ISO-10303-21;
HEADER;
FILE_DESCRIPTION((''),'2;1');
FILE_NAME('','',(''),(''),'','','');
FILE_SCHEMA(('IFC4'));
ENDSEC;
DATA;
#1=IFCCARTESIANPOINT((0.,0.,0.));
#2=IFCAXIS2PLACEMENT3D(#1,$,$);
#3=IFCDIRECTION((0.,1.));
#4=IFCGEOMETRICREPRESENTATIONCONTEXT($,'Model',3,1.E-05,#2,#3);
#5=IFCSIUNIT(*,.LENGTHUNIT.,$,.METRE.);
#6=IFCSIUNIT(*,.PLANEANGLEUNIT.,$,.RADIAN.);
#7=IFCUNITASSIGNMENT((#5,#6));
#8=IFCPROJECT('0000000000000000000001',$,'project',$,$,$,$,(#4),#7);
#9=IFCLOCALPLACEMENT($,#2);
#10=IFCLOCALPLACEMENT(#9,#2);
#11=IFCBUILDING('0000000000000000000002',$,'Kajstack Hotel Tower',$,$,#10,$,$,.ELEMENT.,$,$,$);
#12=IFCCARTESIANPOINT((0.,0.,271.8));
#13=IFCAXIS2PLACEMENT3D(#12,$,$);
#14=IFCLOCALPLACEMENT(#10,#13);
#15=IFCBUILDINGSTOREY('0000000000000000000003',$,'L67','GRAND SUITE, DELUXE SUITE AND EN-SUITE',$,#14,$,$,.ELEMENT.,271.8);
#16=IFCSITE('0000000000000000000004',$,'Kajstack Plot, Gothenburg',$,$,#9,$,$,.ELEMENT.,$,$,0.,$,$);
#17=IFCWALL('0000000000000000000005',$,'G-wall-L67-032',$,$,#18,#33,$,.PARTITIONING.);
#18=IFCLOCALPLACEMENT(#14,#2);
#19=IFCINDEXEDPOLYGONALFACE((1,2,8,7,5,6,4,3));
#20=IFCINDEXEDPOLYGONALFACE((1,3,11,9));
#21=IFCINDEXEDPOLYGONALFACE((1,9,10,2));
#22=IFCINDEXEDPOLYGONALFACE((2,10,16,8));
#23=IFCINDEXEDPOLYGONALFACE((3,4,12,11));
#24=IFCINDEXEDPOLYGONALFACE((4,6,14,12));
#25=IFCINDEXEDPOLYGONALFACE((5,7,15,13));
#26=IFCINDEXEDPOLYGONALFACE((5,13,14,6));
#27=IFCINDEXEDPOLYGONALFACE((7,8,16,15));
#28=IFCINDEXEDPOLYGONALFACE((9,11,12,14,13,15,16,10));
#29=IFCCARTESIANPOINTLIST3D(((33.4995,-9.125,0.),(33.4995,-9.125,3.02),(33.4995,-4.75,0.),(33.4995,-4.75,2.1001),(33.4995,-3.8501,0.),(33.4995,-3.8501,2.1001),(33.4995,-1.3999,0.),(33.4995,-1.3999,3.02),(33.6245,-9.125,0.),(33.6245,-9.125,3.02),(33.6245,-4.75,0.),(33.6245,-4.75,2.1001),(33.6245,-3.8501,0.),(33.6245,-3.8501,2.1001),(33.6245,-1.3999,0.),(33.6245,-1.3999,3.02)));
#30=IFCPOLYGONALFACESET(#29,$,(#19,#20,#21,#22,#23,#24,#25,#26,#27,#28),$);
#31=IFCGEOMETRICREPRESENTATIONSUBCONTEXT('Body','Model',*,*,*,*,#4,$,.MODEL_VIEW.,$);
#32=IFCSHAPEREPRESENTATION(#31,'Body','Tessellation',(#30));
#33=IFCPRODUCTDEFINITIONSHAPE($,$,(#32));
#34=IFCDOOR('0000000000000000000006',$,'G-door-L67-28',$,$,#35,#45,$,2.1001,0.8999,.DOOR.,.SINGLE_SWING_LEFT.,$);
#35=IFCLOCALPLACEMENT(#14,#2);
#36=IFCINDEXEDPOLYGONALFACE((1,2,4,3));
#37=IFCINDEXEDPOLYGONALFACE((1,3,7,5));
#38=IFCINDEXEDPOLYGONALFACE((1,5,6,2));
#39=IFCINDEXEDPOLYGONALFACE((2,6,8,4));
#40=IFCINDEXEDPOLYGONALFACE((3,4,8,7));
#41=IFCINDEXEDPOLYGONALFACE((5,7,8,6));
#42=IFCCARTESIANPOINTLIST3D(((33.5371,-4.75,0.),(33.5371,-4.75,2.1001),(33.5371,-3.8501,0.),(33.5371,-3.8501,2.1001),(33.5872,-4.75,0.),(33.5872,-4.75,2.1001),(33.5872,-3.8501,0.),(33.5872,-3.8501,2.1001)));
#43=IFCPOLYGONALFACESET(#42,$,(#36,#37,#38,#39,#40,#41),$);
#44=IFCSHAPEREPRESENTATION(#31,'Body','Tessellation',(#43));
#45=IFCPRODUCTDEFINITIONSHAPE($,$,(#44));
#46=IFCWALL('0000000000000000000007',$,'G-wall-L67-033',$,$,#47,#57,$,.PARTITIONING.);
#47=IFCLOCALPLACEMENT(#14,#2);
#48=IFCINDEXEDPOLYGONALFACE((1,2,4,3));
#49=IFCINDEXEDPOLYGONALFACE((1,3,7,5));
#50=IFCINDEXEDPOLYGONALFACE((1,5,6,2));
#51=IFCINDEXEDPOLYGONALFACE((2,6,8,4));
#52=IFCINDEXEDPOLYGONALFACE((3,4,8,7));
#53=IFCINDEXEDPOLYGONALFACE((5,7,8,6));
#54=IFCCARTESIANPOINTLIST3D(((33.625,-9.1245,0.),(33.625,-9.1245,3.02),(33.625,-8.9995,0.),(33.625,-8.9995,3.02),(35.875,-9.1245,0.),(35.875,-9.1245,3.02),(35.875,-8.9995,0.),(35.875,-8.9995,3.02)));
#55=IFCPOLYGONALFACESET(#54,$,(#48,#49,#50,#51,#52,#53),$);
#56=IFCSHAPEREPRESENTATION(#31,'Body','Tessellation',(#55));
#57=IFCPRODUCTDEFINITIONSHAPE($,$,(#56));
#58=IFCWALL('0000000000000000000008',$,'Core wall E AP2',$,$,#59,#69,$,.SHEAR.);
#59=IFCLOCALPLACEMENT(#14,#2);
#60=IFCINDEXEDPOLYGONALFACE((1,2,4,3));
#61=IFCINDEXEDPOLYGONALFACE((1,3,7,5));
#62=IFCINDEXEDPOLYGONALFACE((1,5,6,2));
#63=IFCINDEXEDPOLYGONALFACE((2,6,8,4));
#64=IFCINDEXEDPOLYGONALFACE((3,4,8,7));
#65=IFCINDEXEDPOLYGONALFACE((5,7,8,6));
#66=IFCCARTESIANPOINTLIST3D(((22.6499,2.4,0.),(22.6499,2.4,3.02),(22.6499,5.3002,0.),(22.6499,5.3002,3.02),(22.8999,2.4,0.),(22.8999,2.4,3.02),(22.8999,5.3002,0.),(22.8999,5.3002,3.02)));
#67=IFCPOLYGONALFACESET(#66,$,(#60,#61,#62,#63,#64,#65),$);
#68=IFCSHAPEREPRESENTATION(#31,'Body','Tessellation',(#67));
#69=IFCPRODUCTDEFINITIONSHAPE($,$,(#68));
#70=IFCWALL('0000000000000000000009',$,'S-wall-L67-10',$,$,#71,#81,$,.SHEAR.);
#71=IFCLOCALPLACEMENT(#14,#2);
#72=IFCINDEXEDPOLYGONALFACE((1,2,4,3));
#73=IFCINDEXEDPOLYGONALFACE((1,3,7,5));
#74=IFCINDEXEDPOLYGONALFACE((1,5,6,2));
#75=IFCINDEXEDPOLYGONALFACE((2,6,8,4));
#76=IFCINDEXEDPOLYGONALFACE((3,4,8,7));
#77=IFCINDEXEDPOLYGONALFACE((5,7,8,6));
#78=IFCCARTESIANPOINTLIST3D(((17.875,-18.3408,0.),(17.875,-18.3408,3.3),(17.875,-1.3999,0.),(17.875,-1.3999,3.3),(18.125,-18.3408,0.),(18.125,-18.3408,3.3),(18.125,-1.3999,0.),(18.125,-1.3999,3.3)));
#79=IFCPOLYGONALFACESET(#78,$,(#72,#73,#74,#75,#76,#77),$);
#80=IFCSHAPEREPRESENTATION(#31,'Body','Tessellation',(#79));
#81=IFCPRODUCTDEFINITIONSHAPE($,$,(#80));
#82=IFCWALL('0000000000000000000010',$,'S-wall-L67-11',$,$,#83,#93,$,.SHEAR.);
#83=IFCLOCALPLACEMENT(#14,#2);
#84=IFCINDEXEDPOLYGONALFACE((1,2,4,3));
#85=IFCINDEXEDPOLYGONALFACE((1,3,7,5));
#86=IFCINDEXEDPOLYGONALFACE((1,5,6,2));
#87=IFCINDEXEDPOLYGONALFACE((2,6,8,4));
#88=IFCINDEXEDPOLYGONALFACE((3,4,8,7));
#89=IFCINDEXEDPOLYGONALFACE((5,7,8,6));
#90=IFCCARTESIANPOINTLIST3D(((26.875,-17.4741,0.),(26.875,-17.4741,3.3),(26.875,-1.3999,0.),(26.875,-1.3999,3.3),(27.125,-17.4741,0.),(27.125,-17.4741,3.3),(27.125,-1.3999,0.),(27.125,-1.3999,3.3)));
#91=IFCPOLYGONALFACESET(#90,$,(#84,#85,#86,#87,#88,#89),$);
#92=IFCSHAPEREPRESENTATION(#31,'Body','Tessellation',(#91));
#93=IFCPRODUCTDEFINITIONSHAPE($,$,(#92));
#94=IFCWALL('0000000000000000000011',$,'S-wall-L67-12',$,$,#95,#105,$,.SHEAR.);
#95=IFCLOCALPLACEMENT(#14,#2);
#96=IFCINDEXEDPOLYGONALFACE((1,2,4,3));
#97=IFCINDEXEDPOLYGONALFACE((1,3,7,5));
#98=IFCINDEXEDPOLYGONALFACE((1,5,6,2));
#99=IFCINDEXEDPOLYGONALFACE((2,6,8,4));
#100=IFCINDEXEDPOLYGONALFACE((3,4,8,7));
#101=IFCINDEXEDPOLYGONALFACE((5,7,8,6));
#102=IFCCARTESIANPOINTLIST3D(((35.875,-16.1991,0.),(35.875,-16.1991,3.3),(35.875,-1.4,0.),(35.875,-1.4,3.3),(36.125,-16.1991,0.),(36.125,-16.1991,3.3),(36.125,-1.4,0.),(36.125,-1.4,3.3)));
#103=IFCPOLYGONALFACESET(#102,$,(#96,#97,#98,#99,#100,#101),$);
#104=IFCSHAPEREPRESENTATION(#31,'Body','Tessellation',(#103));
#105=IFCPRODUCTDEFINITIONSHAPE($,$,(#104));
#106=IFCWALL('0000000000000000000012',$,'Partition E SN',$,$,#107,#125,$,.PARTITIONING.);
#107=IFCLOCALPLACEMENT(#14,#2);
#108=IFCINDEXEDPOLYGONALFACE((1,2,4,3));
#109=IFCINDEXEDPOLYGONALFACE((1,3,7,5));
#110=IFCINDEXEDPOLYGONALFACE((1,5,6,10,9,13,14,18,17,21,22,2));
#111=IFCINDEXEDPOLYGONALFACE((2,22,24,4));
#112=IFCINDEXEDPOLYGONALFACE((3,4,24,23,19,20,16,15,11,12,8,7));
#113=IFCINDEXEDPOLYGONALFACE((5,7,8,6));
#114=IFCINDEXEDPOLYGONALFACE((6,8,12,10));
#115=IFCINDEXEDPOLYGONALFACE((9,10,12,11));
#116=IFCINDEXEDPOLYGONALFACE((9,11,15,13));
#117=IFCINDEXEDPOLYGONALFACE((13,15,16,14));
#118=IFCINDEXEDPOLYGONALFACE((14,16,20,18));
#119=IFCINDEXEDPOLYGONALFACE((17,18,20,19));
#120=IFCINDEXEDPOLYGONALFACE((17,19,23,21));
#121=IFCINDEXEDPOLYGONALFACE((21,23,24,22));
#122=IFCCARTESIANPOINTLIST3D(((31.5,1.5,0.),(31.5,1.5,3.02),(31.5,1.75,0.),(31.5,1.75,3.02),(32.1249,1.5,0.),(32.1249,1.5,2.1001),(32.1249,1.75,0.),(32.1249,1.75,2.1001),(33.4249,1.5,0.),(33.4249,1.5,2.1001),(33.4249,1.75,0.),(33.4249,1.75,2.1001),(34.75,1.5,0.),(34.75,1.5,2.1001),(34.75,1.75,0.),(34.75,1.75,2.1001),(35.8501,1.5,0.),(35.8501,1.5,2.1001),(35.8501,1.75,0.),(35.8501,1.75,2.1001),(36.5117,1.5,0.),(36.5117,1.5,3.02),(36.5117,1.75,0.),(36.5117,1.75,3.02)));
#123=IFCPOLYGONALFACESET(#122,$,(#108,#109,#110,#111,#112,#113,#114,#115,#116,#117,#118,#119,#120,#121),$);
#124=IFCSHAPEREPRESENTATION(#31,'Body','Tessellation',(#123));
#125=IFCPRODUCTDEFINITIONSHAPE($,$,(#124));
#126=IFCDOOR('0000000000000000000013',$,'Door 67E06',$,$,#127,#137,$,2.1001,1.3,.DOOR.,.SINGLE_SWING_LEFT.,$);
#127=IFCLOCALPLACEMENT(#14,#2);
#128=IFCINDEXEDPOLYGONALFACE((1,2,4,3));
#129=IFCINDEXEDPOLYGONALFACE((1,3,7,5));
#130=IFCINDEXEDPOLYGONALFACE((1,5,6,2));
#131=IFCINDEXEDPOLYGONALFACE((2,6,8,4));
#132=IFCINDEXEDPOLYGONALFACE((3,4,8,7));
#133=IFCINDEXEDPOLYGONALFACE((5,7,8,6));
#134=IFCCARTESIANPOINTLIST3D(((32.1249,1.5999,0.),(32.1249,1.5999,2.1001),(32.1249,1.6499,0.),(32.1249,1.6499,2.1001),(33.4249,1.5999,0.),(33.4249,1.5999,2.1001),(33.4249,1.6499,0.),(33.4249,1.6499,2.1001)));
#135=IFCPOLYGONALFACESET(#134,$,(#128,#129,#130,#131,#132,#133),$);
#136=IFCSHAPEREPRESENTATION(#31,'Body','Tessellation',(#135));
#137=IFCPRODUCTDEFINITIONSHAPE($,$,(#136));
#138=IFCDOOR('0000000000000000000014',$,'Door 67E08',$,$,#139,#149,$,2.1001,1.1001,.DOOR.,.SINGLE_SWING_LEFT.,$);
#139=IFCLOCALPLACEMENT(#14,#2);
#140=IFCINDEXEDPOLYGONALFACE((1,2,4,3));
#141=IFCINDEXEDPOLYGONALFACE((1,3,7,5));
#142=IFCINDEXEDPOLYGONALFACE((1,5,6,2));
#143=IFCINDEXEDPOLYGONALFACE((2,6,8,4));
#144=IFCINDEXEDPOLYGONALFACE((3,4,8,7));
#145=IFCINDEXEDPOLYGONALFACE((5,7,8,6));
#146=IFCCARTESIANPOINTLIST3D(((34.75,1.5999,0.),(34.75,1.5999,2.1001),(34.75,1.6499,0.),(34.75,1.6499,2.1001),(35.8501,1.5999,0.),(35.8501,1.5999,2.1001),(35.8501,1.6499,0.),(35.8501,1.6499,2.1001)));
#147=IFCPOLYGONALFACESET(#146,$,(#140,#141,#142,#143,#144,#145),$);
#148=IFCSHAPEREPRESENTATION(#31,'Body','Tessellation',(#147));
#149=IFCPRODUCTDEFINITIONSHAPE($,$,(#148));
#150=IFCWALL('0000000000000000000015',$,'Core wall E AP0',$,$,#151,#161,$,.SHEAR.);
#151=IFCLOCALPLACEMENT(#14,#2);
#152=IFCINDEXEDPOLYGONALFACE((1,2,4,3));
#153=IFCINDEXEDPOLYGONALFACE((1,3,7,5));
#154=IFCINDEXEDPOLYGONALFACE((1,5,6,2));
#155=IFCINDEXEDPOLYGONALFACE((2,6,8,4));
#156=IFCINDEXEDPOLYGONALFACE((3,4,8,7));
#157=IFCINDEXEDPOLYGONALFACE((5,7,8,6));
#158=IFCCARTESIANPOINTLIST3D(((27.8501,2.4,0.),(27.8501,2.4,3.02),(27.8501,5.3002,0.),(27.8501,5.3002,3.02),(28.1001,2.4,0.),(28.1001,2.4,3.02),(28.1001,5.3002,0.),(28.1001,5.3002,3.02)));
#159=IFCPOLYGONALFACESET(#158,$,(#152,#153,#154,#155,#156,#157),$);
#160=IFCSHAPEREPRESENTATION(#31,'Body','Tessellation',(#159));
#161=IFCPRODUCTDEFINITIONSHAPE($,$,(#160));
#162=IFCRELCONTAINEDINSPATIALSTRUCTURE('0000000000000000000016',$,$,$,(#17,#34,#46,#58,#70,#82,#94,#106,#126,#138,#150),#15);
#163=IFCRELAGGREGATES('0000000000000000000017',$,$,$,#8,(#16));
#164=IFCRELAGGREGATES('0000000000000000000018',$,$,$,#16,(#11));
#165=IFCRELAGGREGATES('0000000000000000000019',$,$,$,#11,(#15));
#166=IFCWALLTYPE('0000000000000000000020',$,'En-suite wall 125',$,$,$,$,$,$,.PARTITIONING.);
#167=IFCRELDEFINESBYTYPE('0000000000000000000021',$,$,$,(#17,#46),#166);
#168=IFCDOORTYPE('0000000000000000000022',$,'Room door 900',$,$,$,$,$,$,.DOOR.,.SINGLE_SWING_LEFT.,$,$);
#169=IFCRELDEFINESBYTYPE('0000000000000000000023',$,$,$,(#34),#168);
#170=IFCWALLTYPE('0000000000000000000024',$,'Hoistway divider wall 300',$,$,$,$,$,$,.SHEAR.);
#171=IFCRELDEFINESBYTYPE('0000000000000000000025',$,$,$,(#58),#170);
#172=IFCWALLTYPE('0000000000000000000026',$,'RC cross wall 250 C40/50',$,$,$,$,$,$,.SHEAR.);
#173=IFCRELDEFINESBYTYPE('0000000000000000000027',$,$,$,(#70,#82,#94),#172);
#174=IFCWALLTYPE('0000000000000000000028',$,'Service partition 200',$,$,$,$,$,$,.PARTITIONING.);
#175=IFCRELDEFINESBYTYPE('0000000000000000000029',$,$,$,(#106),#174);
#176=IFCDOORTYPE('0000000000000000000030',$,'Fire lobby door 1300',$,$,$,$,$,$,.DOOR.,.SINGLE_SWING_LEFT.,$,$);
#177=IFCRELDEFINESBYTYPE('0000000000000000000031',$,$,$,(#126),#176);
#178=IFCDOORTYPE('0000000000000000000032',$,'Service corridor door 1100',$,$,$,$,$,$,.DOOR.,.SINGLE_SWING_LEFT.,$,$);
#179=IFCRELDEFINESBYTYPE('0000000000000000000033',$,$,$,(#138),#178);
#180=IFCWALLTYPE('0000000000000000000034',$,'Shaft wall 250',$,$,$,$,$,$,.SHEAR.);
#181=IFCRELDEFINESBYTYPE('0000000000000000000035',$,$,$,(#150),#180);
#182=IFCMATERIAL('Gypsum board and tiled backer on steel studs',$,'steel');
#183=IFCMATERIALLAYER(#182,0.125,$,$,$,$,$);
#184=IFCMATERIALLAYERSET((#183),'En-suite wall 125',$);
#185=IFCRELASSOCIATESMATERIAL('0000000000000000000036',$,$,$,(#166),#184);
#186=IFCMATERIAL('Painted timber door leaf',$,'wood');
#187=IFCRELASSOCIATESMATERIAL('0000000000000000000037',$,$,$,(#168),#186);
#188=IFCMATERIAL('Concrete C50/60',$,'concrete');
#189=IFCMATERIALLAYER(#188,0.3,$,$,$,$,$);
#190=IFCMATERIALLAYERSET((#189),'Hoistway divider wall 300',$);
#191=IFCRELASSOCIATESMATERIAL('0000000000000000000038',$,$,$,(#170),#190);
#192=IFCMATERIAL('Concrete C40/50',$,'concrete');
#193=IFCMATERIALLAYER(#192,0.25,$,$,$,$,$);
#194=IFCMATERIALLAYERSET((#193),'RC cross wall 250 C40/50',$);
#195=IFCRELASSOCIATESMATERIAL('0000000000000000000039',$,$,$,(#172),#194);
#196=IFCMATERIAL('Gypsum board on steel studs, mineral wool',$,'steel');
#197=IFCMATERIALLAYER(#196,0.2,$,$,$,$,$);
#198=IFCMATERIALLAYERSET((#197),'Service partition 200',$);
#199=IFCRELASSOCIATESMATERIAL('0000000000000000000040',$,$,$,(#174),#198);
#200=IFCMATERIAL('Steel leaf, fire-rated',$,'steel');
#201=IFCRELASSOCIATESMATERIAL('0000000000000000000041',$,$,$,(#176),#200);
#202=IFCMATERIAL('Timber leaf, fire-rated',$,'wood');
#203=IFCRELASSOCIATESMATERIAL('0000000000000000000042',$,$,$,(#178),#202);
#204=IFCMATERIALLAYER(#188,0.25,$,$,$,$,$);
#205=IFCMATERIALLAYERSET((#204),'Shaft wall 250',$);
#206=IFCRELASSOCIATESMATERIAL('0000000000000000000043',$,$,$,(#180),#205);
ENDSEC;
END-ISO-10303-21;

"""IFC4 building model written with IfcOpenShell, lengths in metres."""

from ifc_helpers import new_model, si_unit, direction, frame, frame_2d, origin, place, context, subcontext, project, spatial, rectangle, extrude, material, layer, layer_set, type_object, element, fill, save


model = new_model("IFC4")

# Units and contexts
model_context = context("Model", 3, precision=1e-05, world=origin(), true_north=direction((0.0, 1.0)))
body_context = subcontext(model_context, "Body", "Model", "MODEL_VIEW")
ifc_project = project(units=[si_unit("LENGTHUNIT", "METRE"), si_unit("PLANEANGLEUNIT", "RADIAN")], contexts=[model_context])

# Site, building, storey
site_placement = place(None, origin())
site = spatial("IfcSite", under=ifc_project, at=site_placement, Name="Kajstack Plot, Gothenburg", CompositionType="ELEMENT", RefElevation=0.0)
building_placement = place(site_placement, origin())
building = spatial("IfcBuilding", under=site, at=building_placement, Name="Kajstack Hotel Tower", CompositionType="ELEMENT")
storey_placement = place(building_placement, frame((0.0, 0.0, 271.8)))
storey = spatial("IfcBuildingStorey", under=building, at=storey_placement, Name="L67", Description="GRAND SUITE, DELUXE SUITE AND EN-SUITE", CompositionType="ELEMENT", Elevation=271.8)

# Shared definitions
ifc_material_1 = material(Name="Gypsum board and tiled backer on steel studs", Category="steel")
ifc_layer_1 = layer(ifc_material_1, 0.125)
ifc_layer_set_1 = layer_set([ifc_layer_1], Name="En-suite wall 125")
wall_type_1 = type_object("IfcWallType", Name="En-suite wall 125", PredefinedType="PARTITIONING", material=ifc_layer_set_1)
ifc_material_2 = material(Name="Painted timber door leaf", Category="wood")
door_type_1 = type_object("IfcDoorType", Name="Room door 900", OperationType="SINGLE_SWING_LEFT", PredefinedType="DOOR", material=ifc_material_2)

# Wall, opening, door
wall_1_placement = place(storey_placement, frame((33.562, -9.125, 0.0), z_axis=(0.0, 0.0, 1.0), x_axis=(0.0, 1.0, 0.0)))
wall_1 = element("IfcWall", 1, at=wall_1_placement, inside=storey, type_object=wall_type_1, Name="G-wall-L67-032", PredefinedType="PARTITIONING", context=body_context, shape_type="SweptSolid", body=[
    extrude(rectangle(XDim=7.7251, YDim=0.125, at=frame_2d((3.8625, 0.0))), origin(), (0.0, 0.0, 1.0), 3.02),
])
opening_1_placement = place(wall_1_placement, frame((4.375, 0.0, 0.0)))
opening_1 = element("IfcOpeningElement", 2, at=opening_1_placement, cuts=wall_1, PredefinedType="OPENING", context=body_context, shape_type="SweptSolid", body=[
    extrude(rectangle(XDim=0.8999, YDim=2.1001, at=frame_2d((0.45, 1.05))), frame((0.0, 0.0725, 0.0), z_axis=(0.0, -1.0, 0.0), x_axis=(1.0, 0.0, 0.0)), (0.0, 0.0, 1.0), 0.145),
])
door_1_placement = place(opening_1_placement, origin())
door_1 = element("IfcDoor", 3, at=door_1_placement, inside=storey, type_object=door_type_1, Name="G-door-L67-28", OperationType="SINGLE_SWING_LEFT", OverallHeight=2.1001, OverallWidth=0.8999, PredefinedType="DOOR", context=body_context, shape_type="SweptSolid", body=[
    extrude(rectangle(XDim=0.8999, YDim=2.1001, at=frame_2d((0.45, 1.05))), frame((0.0, 0.0249, 0.0), z_axis=(0.0, -1.0, 0.0), x_axis=(1.0, 0.0, 0.0)), (0.0, 0.0, 1.0), 0.05),
])
fill(opening_1, door_1)

# Walls
wall_2_placement = place(storey_placement, frame((33.625, -9.062, 0.0), z_axis=(0.0, 0.0, 1.0), x_axis=(1.0, 0.0, 0.0)))
element("IfcWall", 4, at=wall_2_placement, inside=storey, type_object=wall_type_1, Name="G-wall-L67-033", PredefinedType="PARTITIONING", context=body_context, shape_type="SweptSolid", body=[
    extrude(rectangle(XDim=2.25, YDim=0.125, at=frame_2d((1.125, 0.0))), origin(), (0.0, 0.0, 1.0), 3.02),
])
ifc_material_3 = material(Name="Concrete C50/60", Category="concrete")
ifc_layer_2 = layer(ifc_material_3, 0.3)
ifc_layer_set_2 = layer_set([ifc_layer_2], Name="Hoistway divider wall 300")
wall_type_2 = type_object("IfcWallType", Name="Hoistway divider wall 300", PredefinedType="SHEAR", material=ifc_layer_set_2)
wall_3_placement = place(storey_placement, frame((22.7749, 2.3999, 0.0), z_axis=(0.0, 0.0, 1.0), x_axis=(0.0, 1.0, 0.0)))
element("IfcWall", 5, at=wall_3_placement, inside=storey, type_object=wall_type_2, Name="Core wall E AP2", PredefinedType="SHEAR", context=body_context, shape_type="SweptSolid", body=[
    extrude(rectangle(XDim=2.9001, YDim=0.25, at=frame_2d((1.4502, 0.0))), origin(), (0.0, 0.0, 1.0), 3.02),
])
ifc_material_4 = material(Name="Concrete C40/50", Category="concrete")
ifc_layer_3 = layer(ifc_material_4, 0.25)
ifc_layer_set_3 = layer_set([ifc_layer_3], Name="RC cross wall 250 C40/50")
wall_type_3 = type_object("IfcWallType", Name="RC cross wall 250 C40/50", PredefinedType="SHEAR", material=ifc_layer_set_3)
wall_4_placement = place(storey_placement, frame((18.0, -18.3408, 0.0), z_axis=(0.0, 0.0, 1.0), x_axis=(0.0, 1.0, 0.0)))
element("IfcWall", 6, at=wall_4_placement, inside=storey, type_object=wall_type_3, Name="S-wall-L67-10", PredefinedType="SHEAR", context=body_context, shape_type="SweptSolid", body=[
    extrude(rectangle(XDim=16.9409, YDim=0.25, at=frame_2d((8.4705, 0.0))), origin(), (0.0, 0.0, 1.0), 3.3),
])
wall_5_placement = place(storey_placement, frame((27.0, -17.4741, 0.0), z_axis=(0.0, 0.0, 1.0), x_axis=(0.0, 1.0, 0.0)))
element("IfcWall", 7, at=wall_5_placement, inside=storey, type_object=wall_type_3, Name="S-wall-L67-11", PredefinedType="SHEAR", context=body_context, shape_type="SweptSolid", body=[
    extrude(rectangle(XDim=16.0742, YDim=0.25, at=frame_2d((8.0371, 0.0))), origin(), (0.0, 0.0, 1.0), 3.3),
])
wall_6_placement = place(storey_placement, frame((36.0, -16.199, 0.0), z_axis=(0.0, 0.0, 1.0), x_axis=(0.0, 1.0, 0.0)))
element("IfcWall", 8, at=wall_6_placement, inside=storey, type_object=wall_type_3, Name="S-wall-L67-12", PredefinedType="SHEAR", context=body_context, shape_type="SweptSolid", body=[
    extrude(rectangle(XDim=14.7991, YDim=0.25, at=frame_2d((7.3994, 0.0))), origin(), (0.0, 0.0, 1.0), 3.3),
])

# Wall, openings, doors
ifc_material_5 = material(Name="Gypsum board on steel studs, mineral wool", Category="steel")
ifc_layer_4 = layer(ifc_material_5, 0.2)
ifc_layer_set_4 = layer_set([ifc_layer_4], Name="Service partition 200")
wall_type_4 = type_object("IfcWallType", Name="Service partition 200", PredefinedType="PARTITIONING", material=ifc_layer_set_4)
wall_7_placement = place(storey_placement, frame((31.5, 1.625, 0.0), z_axis=(0.0, 0.0, 1.0), x_axis=(1.0, 0.0, 0.0)))
wall_7 = element("IfcWall", 9, at=wall_7_placement, inside=storey, type_object=wall_type_4, Name="Partition E SN", PredefinedType="PARTITIONING", context=body_context, shape_type="SweptSolid", body=[
    extrude(rectangle(XDim=5.0117, YDim=0.25, at=frame_2d((2.5059, 0.0))), origin(), (0.0, 0.0, 1.0), 3.02),
])
opening_2_placement = place(wall_7_placement, frame((0.625, 0.0, 0.0)))
opening_2 = element("IfcOpeningElement", 10, at=opening_2_placement, cuts=wall_7, PredefinedType="OPENING", context=body_context, shape_type="SweptSolid", body=[
    extrude(rectangle(XDim=1.3, YDim=2.1001, at=frame_2d((0.6499, 1.05))), frame((0.0, 0.135, 0.0), z_axis=(0.0, -1.0, 0.0), x_axis=(1.0, 0.0, 0.0)), (0.0, 0.0, 1.0), 0.27),
])
opening_3_placement = place(wall_7_placement, frame((3.25, 0.0, 0.0)))
opening_3 = element("IfcOpeningElement", 11, at=opening_3_placement, cuts=wall_7, PredefinedType="OPENING", context=body_context, shape_type="SweptSolid", body=[
    extrude(rectangle(XDim=1.1001, YDim=2.1001, at=frame_2d((0.55, 1.05))), frame((0.0, 0.135, 0.0), z_axis=(0.0, -1.0, 0.0), x_axis=(1.0, 0.0, 0.0)), (0.0, 0.0, 1.0), 0.27),
])
ifc_material_6 = material(Name="Steel leaf, fire-rated", Category="steel")
door_type_2 = type_object("IfcDoorType", Name="Fire lobby door 1300", OperationType="SINGLE_SWING_LEFT", PredefinedType="DOOR", material=ifc_material_6)
door_2_placement = place(opening_2_placement, origin())
door_2 = element("IfcDoor", 12, at=door_2_placement, inside=storey, type_object=door_type_2, Name="Door 67E06", OperationType="SINGLE_SWING_LEFT", OverallHeight=2.1001, OverallWidth=1.3, PredefinedType="DOOR", context=body_context, shape_type="SweptSolid", body=[
    extrude(rectangle(XDim=1.3, YDim=2.1001, at=frame_2d((0.6499, 1.05))), frame((0.0, 0.0249, 0.0), z_axis=(0.0, -1.0, 0.0), x_axis=(1.0, 0.0, 0.0)), (0.0, 0.0, 1.0), 0.05),
])
fill(opening_2, door_2)
ifc_material_7 = material(Name="Timber leaf, fire-rated", Category="wood")
door_type_3 = type_object("IfcDoorType", Name="Service corridor door 1100", OperationType="SINGLE_SWING_LEFT", PredefinedType="DOOR", material=ifc_material_7)
door_3_placement = place(opening_3_placement, origin())
door_3 = element("IfcDoor", 13, at=door_3_placement, inside=storey, type_object=door_type_3, Name="Door 67E08", OperationType="SINGLE_SWING_LEFT", OverallHeight=2.1001, OverallWidth=1.1001, PredefinedType="DOOR", context=body_context, shape_type="SweptSolid", body=[
    extrude(rectangle(XDim=1.1001, YDim=2.1001, at=frame_2d((0.55, 1.05))), frame((0.0, 0.0249, 0.0), z_axis=(0.0, -1.0, 0.0), x_axis=(1.0, 0.0, 0.0)), (0.0, 0.0, 1.0), 0.05),
])
fill(opening_3, door_3)

# Wall
ifc_layer_5 = layer(ifc_material_3, 0.25)
ifc_layer_set_5 = layer_set([ifc_layer_5], Name="Shaft wall 250")
wall_type_5 = type_object("IfcWallType", Name="Shaft wall 250", PredefinedType="SHEAR", material=ifc_layer_set_5)
wall_8_placement = place(storey_placement, frame((27.9751, 2.3999, 0.0), z_axis=(0.0, 0.0, 1.0), x_axis=(0.0, 1.0, 0.0)))
element("IfcWall", 14, at=wall_8_placement, inside=storey, type_object=wall_type_5, Name="Core wall E AP0", PredefinedType="SHEAR", context=body_context, shape_type="SweptSolid", body=[
    extrude(rectangle(XDim=2.9001, YDim=0.25, at=frame_2d((1.4502, 0.0))), origin(), (0.0, 0.0, 1.0), 3.02),
])

save(model, "model.ifc")
